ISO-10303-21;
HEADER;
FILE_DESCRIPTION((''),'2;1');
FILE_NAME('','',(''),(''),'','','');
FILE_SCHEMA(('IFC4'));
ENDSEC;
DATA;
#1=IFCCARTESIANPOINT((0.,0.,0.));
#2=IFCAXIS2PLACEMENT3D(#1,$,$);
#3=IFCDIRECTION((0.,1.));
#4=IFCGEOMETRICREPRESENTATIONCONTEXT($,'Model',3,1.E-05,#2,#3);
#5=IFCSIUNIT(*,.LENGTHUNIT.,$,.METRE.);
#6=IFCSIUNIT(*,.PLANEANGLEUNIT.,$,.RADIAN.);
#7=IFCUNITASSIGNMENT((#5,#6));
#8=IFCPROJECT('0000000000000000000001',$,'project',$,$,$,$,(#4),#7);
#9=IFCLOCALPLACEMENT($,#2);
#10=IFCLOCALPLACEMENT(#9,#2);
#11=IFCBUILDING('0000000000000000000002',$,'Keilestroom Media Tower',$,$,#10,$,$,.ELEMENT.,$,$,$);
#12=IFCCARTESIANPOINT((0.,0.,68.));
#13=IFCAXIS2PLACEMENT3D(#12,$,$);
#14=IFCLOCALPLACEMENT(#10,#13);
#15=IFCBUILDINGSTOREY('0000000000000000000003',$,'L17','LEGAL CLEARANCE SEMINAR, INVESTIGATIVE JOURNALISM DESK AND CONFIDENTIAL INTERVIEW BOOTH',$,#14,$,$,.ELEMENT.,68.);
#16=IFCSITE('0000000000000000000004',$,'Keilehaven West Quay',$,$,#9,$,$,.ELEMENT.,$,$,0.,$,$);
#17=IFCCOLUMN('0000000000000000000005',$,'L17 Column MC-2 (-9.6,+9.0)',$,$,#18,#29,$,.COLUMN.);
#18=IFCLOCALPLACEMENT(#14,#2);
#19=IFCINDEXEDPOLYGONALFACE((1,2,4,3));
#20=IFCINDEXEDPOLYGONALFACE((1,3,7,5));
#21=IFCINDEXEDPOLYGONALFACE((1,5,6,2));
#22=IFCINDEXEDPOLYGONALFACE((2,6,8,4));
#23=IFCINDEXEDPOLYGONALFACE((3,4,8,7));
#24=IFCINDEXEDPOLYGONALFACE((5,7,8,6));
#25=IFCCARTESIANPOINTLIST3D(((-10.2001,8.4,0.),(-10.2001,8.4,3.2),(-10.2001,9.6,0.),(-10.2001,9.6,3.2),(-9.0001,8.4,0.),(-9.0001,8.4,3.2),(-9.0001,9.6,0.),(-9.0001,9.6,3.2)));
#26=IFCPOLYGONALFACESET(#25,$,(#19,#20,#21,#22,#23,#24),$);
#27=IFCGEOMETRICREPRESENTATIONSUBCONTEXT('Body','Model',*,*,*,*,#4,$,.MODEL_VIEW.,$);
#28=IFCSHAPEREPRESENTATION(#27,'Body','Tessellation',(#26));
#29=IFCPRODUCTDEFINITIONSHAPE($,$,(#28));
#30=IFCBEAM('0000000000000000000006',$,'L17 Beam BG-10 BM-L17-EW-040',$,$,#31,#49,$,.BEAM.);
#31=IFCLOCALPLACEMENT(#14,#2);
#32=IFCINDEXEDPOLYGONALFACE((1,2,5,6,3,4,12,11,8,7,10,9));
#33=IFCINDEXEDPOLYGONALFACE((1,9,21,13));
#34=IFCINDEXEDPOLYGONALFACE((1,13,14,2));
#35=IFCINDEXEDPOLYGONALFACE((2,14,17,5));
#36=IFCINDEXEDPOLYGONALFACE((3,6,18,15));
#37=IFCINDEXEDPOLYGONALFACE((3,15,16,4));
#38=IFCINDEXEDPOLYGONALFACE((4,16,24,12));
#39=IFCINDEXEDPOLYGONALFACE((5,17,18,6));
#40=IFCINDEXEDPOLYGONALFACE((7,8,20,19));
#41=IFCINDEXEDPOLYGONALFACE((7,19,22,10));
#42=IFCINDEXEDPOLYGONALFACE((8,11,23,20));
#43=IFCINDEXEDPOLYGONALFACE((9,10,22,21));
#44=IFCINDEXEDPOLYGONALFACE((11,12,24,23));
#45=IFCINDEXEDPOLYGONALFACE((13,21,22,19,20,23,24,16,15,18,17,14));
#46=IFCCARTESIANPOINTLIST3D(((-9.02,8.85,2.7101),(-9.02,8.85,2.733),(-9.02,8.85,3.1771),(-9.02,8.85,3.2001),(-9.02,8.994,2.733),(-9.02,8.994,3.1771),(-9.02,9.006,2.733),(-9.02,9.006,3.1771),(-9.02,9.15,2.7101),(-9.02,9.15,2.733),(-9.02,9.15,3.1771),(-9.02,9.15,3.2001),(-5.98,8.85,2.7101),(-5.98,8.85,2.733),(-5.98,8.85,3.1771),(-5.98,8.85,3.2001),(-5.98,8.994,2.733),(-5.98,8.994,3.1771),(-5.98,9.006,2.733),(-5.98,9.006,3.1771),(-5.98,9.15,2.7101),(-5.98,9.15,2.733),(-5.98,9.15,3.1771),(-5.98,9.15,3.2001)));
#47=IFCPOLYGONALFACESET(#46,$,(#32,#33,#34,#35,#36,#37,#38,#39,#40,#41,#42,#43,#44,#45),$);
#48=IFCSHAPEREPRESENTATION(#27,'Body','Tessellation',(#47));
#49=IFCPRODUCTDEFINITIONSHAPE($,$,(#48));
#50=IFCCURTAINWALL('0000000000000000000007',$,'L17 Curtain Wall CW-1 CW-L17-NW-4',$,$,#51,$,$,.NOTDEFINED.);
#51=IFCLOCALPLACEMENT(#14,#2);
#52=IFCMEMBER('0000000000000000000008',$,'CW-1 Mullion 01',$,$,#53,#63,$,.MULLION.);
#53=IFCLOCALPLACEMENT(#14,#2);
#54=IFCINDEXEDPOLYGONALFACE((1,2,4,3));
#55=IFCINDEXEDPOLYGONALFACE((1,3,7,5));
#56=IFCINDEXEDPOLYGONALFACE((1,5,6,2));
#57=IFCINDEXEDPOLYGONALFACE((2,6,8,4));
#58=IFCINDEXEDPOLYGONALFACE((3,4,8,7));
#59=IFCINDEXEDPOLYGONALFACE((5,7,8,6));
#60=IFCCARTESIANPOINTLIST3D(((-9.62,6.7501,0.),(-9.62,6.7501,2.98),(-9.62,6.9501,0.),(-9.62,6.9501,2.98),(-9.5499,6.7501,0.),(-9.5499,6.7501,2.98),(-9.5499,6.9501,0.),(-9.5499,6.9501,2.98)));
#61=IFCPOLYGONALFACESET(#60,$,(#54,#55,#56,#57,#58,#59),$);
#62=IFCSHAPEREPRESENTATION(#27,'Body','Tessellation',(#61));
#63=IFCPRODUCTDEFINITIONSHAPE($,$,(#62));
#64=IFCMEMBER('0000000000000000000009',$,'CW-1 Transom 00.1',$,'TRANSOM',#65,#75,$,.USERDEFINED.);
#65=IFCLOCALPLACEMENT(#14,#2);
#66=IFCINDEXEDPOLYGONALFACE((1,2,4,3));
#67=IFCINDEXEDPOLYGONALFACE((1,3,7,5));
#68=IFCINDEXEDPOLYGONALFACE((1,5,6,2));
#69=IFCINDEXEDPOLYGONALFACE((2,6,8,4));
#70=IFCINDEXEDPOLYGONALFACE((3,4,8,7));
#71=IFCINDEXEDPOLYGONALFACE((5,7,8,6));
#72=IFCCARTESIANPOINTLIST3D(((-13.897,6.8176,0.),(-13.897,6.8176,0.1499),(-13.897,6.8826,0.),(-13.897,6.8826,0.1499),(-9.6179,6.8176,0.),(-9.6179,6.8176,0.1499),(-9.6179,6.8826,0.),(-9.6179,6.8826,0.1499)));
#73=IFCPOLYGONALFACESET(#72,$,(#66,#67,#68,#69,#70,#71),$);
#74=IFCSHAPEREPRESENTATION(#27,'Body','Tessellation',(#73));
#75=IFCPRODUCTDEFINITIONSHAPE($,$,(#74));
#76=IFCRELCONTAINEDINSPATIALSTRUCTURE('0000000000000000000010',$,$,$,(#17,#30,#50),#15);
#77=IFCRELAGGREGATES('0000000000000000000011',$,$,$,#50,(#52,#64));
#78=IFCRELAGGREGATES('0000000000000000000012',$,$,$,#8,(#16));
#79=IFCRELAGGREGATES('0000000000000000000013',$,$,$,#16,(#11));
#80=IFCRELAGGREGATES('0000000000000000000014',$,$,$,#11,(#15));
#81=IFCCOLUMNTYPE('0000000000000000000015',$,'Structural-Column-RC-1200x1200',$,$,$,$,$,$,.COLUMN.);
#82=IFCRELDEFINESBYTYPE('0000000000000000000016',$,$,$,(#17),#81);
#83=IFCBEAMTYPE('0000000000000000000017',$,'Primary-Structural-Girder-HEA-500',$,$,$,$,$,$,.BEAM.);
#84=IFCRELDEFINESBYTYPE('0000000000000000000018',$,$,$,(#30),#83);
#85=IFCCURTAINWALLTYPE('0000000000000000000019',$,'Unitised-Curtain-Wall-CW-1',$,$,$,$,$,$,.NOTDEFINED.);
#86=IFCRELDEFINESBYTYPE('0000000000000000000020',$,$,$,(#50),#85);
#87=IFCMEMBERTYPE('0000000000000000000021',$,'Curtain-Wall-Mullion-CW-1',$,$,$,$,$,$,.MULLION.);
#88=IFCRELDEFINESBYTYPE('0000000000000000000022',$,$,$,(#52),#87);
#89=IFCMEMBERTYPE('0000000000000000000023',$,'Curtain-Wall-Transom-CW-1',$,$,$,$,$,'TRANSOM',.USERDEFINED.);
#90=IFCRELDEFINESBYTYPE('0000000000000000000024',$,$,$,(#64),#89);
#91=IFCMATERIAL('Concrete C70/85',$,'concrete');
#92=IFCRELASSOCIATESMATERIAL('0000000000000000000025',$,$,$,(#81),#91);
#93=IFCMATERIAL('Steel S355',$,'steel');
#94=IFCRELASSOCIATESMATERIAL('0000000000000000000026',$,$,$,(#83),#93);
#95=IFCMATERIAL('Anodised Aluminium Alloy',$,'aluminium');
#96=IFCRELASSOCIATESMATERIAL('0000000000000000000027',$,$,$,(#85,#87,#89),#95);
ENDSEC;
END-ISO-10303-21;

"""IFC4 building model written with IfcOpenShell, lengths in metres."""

from ifc_helpers import new_model, si_unit, direction, frame, origin, origin_2d, place, context, subcontext, project, spatial, rectangle, i_section, extrude, source, transform, mapped, material, material_profile, profile_set, type_object, element, aggregate, save


model = new_model("IFC4")

# Units and contexts
model_context = context("Model", 3, precision=1e-05, world=origin(), true_north=direction((0.0, 1.0)))
body_context = subcontext(model_context, "Body", "Model", "MODEL_VIEW")
ifc_project = project(units=[si_unit("LENGTHUNIT", "METRE"), si_unit("PLANEANGLEUNIT", "RADIAN")], contexts=[model_context])

# Site, building, storey
site_placement = place(None, origin())
site = spatial("IfcSite", under=ifc_project, at=site_placement, Name="Keilehaven West Quay", CompositionType="ELEMENT", RefElevation=0.0)
building_placement = place(site_placement, origin())
building = spatial("IfcBuilding", under=site, at=building_placement, Name="Keilestroom Media Tower", CompositionType="ELEMENT")
storey_placement = place(building_placement, frame((0.0, 0.0, 68.0)))
storey = spatial("IfcBuildingStorey", under=building, at=storey_placement, Name="L17", Description="LEGAL CLEARANCE SEMINAR, INVESTIGATIVE JOURNALISM DESK AND CONFIDENTIAL INTERVIEW BOOTH", CompositionType="ELEMENT", Elevation=68.0)

# Column
ifc_material_1 = material(Name="Concrete C70/85", Category="concrete")
ifc_material_profile_1 = material_profile(ifc_material_1, rectangle(XDim=1.2, YDim=1.2, at=origin_2d()), Name="RC 1200x1200")
ifc_profile_set_1 = profile_set([ifc_material_profile_1], Name="Concrete C70/85")
column_type = type_object("IfcColumnType", Name="Structural-Column-RC-1200x1200", PredefinedType="COLUMN", material=ifc_profile_set_1)
shared_shape_1 = source(origin(), body_context, "Body", "SweptSolid", [
    extrude(rectangle(XDim=1.2, YDim=1.2, at=origin_2d()), origin(), (0.0, 0.0, 1.0), 3.2),
])
column_placement = place(storey_placement, frame((-9.6001, 9.0, 0.0), z_axis=(0.0, 0.0, 1.0), x_axis=(1.0, 0.0, 0.0)))
element("IfcColumn", 1, at=column_placement, inside=storey, type_object=column_type, Name="L17 Column MC-2 (-9.6,+9.0)", PredefinedType="COLUMN", context=body_context, shape_type="MappedRepresentation", body=[
    mapped(shared_shape_1, transform((0.0, 0.0, 0.0), x_axis=(1.0, 0.0, 0.0), y_axis=(0.0, 1.0, 0.0), z_axis=(0.0, 0.0, 1.0), scale=1.0)),
])

# Beam
ifc_material_2 = material(Name="Steel S355", Category="steel")
ifc_material_profile_2 = material_profile(ifc_material_2, i_section(OverallWidth=0.3, OverallDepth=0.49, WebThickness=0.012, FlangeThickness=0.0229, at=origin_2d()), Name="HEA 500")
ifc_profile_set_2 = profile_set([ifc_material_profile_2], Name="Steel S355")
beam_type = type_object("IfcBeamType", Name="Primary-Structural-Girder-HEA-500", PredefinedType="BEAM", material=ifc_profile_set_2)
shared_shape_2 = source(origin(), body_context, "Body", "SweptSolid", [
    extrude(i_section(OverallWidth=0.3, OverallDepth=0.49, WebThickness=0.012, FlangeThickness=0.0229, at=origin_2d()), origin(), (0.0, 0.0, 1.0), 3.04),
])
beam_placement = place(storey_placement, frame((-9.02, 9.0, 2.9551), z_axis=(1.0, 0.0, 0.0), x_axis=(0.0, 1.0, 0.0)))
element("IfcBeam", 2, at=beam_placement, inside=storey, type_object=beam_type, Name="L17 Beam BG-10 BM-L17-EW-040", PredefinedType="BEAM", context=body_context, shape_type="MappedRepresentation", body=[
    mapped(shared_shape_2, transform((0.0, 0.0, 0.0), x_axis=(1.0, 0.0, 0.0), y_axis=(0.0, 1.0, 0.0), z_axis=(0.0, 0.0, 1.0), scale=1.0)),
])

# Curtain wall, members
ifc_material_3 = material(Name="Anodised Aluminium Alloy", Category="aluminium")
curtain_wall_type = type_object("IfcCurtainWallType", Name="Unitised-Curtain-Wall-CW-1", PredefinedType="NOTDEFINED", material=ifc_material_3)
curtain_wall_placement = place(storey_placement, origin())
curtain_wall = element("IfcCurtainWall", 3, at=curtain_wall_placement, inside=storey, type_object=curtain_wall_type, Name="L17 Curtain Wall CW-1 CW-L17-NW-4", PredefinedType="NOTDEFINED")
ifc_material_profile_3 = material_profile(ifc_material_3, rectangle(XDim=0.0701, YDim=0.2, at=origin_2d()), Name="ALU MULLION 70x200")
ifc_profile_set_3 = profile_set([ifc_material_profile_3], Name="Anodised Aluminium Alloy")
member_type_1 = type_object("IfcMemberType", Name="Curtain-Wall-Mullion-CW-1", PredefinedType="MULLION", material=ifc_profile_set_3)
shared_shape_3 = source(origin(), body_context, "Body", "SweptSolid", [
    extrude(rectangle(XDim=0.0701, YDim=0.2, at=origin_2d()), origin(), (0.0, 0.0, 1.0), 2.98),
])
member_1_placement = place(storey_placement, frame((-9.585, 6.8501, 0.0), z_axis=(0.0, 0.0, 1.0), x_axis=(1.0, 0.0, 0.0)))
member_1 = element("IfcMember", 4, at=member_1_placement, type_object=member_type_1, Name="CW-1 Mullion 01", PredefinedType="MULLION", context=body_context, shape_type="MappedRepresentation", body=[
    mapped(shared_shape_3, transform((0.0, 0.0, 0.0), x_axis=(1.0, 0.0, 0.0), y_axis=(0.0, 1.0, 0.0), z_axis=(0.0, 0.0, 1.0), scale=1.0)),
])
ifc_material_profile_4 = material_profile(ifc_material_3, rectangle(XDim=0.0649, YDim=0.1499, at=origin_2d()), Name="ALU TRANSOM 65x150")
ifc_profile_set_4 = profile_set([ifc_material_profile_4], Name="Anodised Aluminium Alloy")
member_type_2 = type_object("IfcMemberType", Name="Curtain-Wall-Transom-CW-1", ElementType="TRANSOM", PredefinedType="USERDEFINED", material=ifc_profile_set_4)
shared_shape_4 = source(origin(), body_context, "Body", "SweptSolid", [
    extrude(rectangle(XDim=0.0649, YDim=0.1499, at=origin_2d()), origin(), (0.0, 0.0, 1.0), 4.2791),
])
member_2_placement = place(storey_placement, frame((-13.897, 6.8501, 0.075), z_axis=(1.0, 0.0, 0.0), x_axis=(0.0, 1.0, 0.0)))
member_2 = element("IfcMember", 5, at=member_2_placement, type_object=member_type_2, Name="CW-1 Transom 00.1", ObjectType="TRANSOM", PredefinedType="USERDEFINED", context=body_context, shape_type="MappedRepresentation", body=[
    mapped(shared_shape_4, transform((0.0, 0.0, 0.0), x_axis=(1.0, 0.0, 0.0), y_axis=(0.0, 1.0, 0.0), z_axis=(0.0, 0.0, 1.0), scale=1.0)),
])

aggregate(curtain_wall, [member_1, member_2])

save(model, "model.ifc")
